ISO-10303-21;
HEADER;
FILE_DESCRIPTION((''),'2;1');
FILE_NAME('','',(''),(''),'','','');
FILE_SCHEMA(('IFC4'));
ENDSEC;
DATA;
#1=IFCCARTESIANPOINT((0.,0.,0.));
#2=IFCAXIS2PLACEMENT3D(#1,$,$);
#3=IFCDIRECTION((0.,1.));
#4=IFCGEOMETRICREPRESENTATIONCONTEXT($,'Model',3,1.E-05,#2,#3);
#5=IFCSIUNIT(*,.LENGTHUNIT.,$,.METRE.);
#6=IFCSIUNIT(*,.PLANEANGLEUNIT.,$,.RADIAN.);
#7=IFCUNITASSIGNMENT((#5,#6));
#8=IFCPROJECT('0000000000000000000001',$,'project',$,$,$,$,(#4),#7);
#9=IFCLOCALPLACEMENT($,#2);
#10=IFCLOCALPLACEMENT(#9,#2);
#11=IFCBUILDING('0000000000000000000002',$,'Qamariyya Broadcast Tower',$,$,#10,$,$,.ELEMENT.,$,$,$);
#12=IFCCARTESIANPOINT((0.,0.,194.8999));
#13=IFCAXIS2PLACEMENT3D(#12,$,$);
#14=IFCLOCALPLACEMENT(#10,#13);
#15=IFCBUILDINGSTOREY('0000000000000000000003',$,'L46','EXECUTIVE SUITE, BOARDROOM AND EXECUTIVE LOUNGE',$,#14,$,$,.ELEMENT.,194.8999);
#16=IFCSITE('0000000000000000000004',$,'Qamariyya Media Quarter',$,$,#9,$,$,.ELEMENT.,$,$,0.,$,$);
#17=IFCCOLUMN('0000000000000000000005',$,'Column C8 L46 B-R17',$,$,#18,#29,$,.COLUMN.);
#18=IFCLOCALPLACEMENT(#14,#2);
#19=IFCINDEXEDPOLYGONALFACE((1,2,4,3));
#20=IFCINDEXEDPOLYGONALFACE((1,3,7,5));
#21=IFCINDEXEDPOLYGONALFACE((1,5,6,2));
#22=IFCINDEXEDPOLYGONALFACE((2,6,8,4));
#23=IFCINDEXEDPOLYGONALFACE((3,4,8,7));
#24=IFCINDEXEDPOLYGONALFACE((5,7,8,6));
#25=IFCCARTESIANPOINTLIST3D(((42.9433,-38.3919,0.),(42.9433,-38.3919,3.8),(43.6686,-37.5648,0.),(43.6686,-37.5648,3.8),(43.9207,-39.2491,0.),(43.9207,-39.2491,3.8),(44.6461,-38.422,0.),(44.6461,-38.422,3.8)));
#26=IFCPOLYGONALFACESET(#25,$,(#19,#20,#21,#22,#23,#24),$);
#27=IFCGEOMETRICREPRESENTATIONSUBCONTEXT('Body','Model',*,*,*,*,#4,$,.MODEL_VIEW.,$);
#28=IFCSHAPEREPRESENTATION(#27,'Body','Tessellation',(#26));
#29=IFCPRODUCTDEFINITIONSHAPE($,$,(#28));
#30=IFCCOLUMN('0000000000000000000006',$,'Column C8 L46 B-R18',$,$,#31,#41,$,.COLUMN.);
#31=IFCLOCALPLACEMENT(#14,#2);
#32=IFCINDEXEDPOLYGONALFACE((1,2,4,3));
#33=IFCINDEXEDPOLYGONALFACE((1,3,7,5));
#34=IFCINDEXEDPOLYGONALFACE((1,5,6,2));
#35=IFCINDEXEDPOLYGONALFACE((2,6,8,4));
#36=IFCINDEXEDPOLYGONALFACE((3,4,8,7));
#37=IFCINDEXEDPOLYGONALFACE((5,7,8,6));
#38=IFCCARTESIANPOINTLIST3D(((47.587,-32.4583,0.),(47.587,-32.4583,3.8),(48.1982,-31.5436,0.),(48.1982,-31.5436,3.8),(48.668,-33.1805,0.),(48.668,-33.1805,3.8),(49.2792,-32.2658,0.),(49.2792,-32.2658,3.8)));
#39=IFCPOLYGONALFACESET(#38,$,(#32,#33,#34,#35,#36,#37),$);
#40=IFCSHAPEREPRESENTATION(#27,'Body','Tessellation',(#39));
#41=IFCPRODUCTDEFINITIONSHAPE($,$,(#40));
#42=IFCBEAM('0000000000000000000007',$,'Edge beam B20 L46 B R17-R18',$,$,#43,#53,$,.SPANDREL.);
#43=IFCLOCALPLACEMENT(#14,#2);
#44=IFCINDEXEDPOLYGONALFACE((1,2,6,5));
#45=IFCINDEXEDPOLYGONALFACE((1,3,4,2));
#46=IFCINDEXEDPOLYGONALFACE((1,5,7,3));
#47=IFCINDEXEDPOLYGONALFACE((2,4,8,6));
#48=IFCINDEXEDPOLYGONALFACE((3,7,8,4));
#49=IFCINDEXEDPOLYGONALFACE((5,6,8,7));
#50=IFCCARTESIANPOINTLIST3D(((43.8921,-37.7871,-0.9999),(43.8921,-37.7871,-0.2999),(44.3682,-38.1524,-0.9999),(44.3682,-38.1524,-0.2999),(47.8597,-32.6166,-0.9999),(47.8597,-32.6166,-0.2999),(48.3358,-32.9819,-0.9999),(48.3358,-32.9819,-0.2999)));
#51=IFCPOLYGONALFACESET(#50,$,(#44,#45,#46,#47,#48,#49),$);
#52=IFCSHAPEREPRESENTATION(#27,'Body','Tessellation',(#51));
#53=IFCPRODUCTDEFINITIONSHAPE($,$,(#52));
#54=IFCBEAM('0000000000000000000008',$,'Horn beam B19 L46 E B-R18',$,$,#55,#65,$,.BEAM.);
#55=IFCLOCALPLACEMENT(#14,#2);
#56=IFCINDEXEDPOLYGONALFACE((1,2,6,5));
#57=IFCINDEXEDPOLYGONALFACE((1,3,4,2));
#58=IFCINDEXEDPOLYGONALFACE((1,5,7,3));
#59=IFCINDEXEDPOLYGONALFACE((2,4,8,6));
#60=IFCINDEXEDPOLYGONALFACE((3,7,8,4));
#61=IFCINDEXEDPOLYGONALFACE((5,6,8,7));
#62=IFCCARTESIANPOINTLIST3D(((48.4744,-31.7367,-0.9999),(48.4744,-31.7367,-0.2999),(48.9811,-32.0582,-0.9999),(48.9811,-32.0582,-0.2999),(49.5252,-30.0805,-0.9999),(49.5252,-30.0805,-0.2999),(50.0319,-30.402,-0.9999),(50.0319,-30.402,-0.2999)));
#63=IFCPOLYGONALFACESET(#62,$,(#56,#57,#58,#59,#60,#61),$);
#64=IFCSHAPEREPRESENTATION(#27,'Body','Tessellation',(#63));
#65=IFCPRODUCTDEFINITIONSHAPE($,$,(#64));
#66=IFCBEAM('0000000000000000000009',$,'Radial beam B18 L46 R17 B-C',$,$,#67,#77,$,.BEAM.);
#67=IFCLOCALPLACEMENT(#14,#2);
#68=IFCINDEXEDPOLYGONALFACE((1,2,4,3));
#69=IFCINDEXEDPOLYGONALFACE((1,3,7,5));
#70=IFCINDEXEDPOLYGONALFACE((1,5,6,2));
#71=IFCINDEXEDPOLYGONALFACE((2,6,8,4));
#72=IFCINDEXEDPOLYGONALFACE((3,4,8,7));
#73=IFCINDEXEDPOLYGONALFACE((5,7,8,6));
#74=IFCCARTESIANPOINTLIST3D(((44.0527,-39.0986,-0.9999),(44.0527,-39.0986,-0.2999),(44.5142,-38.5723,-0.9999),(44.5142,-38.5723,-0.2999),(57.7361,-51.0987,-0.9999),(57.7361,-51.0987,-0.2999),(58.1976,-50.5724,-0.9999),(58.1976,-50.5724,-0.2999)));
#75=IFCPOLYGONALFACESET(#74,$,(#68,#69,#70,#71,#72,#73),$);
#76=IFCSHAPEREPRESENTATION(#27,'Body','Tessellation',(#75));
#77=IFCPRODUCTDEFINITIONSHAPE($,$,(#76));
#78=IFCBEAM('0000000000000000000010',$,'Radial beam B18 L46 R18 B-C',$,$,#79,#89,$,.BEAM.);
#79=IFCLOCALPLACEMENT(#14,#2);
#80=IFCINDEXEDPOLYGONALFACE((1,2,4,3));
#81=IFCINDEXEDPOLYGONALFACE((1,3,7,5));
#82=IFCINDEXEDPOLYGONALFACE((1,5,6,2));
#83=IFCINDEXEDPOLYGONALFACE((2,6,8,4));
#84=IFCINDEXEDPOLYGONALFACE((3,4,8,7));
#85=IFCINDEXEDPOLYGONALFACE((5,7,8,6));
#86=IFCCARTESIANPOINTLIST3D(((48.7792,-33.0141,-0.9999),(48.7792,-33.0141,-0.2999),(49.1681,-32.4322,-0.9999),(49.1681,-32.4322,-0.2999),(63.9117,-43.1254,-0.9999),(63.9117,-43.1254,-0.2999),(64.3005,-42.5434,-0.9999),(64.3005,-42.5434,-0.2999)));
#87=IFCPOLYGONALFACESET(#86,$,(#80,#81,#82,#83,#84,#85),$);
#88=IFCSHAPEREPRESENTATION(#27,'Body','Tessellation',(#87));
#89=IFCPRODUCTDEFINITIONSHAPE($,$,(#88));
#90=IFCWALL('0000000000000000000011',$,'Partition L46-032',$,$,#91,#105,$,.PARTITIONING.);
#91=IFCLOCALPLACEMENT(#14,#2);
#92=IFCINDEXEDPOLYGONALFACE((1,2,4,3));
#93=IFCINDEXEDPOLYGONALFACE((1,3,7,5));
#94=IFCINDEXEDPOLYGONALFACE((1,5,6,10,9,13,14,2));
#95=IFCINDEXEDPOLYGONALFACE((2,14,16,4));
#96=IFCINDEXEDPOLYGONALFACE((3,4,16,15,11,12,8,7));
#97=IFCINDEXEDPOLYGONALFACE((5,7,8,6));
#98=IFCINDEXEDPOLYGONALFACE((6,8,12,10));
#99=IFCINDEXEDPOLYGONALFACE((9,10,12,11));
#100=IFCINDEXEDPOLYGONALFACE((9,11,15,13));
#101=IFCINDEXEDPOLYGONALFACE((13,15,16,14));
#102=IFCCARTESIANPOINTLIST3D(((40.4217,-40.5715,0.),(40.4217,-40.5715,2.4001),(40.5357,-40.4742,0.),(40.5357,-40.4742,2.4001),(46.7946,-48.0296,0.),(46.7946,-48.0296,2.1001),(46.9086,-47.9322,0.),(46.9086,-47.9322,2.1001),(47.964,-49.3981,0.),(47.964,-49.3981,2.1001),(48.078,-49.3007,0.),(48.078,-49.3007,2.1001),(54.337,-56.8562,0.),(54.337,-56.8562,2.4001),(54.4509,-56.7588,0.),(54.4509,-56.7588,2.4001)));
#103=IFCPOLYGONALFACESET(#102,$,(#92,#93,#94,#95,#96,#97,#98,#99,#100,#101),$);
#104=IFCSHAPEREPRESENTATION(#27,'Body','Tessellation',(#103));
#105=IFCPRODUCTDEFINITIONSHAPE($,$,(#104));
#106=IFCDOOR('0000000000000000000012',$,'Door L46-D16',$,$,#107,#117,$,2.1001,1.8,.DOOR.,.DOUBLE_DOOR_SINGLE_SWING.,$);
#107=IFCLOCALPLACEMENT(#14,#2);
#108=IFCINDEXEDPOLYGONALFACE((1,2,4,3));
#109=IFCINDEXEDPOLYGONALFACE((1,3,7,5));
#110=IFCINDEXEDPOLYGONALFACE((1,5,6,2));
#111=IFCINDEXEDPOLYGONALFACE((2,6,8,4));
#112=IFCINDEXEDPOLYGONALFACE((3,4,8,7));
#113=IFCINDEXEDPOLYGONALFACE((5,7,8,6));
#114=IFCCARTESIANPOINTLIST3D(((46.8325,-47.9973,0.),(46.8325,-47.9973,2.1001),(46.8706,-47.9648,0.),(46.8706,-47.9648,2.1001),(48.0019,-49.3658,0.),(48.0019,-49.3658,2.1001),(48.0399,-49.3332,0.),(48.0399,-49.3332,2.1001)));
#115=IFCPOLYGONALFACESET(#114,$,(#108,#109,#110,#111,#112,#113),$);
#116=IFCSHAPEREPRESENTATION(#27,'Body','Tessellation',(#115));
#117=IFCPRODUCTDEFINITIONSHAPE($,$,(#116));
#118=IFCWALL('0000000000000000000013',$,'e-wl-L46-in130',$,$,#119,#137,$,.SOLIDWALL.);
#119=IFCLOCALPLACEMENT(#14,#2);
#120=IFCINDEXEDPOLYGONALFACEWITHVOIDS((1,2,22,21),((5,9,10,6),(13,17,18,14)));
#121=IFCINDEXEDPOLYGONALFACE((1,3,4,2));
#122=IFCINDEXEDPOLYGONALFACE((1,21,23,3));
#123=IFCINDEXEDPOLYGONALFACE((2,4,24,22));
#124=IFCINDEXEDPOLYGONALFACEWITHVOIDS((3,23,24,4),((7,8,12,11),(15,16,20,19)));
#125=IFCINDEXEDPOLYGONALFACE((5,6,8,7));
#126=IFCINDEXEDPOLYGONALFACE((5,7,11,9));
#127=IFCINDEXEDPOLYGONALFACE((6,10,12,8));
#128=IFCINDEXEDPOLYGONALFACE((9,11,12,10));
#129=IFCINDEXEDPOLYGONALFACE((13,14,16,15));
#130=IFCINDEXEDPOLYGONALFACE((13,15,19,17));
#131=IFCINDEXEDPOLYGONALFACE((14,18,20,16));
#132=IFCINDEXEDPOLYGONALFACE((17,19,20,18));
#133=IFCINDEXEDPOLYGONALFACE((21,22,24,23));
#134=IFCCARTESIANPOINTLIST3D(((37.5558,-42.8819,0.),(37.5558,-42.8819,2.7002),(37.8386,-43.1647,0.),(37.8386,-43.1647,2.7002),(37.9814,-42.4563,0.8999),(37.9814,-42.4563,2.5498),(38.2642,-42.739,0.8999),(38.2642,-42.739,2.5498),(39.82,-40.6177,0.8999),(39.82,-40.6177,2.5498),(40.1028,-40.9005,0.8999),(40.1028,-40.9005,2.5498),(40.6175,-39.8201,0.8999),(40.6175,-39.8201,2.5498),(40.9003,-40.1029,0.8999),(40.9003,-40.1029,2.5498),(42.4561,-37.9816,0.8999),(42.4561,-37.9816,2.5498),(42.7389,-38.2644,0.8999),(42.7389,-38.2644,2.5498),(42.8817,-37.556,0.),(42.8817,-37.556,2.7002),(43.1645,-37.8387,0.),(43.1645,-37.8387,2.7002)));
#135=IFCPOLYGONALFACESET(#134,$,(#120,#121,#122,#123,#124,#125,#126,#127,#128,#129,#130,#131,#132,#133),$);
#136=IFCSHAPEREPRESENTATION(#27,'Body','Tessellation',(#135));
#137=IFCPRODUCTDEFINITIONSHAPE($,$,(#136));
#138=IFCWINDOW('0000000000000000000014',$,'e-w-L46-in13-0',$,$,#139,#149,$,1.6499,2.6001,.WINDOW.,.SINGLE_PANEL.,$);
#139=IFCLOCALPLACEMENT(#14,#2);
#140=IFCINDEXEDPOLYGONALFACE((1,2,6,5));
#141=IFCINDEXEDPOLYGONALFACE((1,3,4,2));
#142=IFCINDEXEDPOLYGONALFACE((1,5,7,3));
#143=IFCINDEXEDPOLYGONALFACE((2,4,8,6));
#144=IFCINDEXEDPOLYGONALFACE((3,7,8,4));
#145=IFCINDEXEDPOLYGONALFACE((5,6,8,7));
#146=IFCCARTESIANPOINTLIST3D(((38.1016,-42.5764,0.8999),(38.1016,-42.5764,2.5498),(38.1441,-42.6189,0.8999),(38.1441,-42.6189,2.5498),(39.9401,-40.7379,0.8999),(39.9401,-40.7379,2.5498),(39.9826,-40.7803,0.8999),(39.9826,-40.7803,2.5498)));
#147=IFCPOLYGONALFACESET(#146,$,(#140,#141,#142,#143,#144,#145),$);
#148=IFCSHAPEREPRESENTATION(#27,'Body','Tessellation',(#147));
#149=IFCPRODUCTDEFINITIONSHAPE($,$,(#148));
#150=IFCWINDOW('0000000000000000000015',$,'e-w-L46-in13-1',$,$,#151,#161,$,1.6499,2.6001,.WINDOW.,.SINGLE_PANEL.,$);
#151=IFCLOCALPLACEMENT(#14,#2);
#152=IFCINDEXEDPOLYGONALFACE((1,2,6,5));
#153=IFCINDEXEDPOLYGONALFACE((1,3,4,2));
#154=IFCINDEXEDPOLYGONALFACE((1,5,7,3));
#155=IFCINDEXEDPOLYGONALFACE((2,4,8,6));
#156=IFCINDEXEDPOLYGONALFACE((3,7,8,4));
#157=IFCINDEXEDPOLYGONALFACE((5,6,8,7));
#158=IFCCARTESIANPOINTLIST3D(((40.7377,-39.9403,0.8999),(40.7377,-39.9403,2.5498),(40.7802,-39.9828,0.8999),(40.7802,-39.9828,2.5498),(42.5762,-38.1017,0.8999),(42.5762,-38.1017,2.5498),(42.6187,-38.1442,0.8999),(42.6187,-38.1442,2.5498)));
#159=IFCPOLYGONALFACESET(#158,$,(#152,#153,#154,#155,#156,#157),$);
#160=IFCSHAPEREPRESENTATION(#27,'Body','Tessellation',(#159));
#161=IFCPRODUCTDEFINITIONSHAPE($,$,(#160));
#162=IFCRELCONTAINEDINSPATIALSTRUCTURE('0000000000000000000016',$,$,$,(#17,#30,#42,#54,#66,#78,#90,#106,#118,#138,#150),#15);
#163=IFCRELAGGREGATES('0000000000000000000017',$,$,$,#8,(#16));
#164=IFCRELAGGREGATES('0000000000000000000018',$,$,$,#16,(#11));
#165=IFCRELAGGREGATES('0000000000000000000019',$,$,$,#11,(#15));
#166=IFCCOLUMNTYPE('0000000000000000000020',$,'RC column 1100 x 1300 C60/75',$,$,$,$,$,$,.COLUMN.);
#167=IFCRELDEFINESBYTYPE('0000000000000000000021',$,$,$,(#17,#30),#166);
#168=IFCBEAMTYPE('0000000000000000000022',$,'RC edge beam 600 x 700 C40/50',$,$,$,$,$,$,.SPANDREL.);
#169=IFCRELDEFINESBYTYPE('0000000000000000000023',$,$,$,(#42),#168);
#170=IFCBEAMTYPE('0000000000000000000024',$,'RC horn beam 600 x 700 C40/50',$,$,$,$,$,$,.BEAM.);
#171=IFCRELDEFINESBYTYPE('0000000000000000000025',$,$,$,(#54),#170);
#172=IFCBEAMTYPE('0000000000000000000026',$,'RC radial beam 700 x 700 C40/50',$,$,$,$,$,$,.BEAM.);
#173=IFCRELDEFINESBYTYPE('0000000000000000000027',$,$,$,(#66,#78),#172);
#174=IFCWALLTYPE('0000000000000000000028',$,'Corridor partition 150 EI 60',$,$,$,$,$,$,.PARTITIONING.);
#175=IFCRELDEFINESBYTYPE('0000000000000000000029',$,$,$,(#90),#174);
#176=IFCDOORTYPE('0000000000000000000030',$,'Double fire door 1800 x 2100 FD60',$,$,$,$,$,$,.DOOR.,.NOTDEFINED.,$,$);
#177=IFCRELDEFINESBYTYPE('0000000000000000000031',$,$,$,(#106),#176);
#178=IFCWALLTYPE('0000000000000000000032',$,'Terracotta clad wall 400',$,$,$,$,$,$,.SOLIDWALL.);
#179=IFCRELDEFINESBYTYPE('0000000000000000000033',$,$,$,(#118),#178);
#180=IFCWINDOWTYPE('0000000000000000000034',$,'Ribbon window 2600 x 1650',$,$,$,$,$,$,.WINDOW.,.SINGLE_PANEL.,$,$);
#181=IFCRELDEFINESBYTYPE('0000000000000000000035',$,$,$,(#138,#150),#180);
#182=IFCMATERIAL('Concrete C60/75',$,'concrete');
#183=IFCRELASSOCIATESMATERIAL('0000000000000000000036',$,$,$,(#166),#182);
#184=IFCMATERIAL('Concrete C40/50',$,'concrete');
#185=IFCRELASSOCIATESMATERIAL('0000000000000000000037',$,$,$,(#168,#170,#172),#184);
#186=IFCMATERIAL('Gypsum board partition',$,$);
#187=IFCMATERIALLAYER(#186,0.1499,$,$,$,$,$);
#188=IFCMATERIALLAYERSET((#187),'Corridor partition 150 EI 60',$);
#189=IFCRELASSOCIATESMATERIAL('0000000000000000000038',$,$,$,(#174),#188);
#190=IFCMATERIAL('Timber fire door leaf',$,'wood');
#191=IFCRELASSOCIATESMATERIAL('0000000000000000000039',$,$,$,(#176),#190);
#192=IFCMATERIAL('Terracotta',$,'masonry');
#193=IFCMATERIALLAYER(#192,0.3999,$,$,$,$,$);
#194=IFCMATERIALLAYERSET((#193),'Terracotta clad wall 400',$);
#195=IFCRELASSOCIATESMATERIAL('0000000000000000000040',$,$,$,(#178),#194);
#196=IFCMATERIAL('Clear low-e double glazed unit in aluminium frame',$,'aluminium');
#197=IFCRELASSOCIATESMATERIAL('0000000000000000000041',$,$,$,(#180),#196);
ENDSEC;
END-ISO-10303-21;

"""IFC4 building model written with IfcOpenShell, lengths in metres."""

from ifc_helpers import new_model, si_unit, direction, frame, frame_2d, origin, origin_2d, place, context, subcontext, project, spatial, rectangle, extrude, material, layer, layer_set, material_profile, profile_set, type_object, element, fill, save


model = new_model("IFC4")

# Units and contexts
model_context = context("Model", 3, precision=1e-05, world=origin(), true_north=direction((0.0, 1.0)))
body_context = subcontext(model_context, "Body", "Model", "MODEL_VIEW")
ifc_project = project(units=[si_unit("LENGTHUNIT", "METRE"), si_unit("PLANEANGLEUNIT", "RADIAN")], contexts=[model_context])

# Site, building, storey
site_placement = place(None, origin())
site = spatial("IfcSite", under=ifc_project, at=site_placement, Name="Qamariyya Media Quarter", CompositionType="ELEMENT", RefElevation=0.0)
building_placement = place(site_placement, origin())
building = spatial("IfcBuilding", under=site, at=building_placement, Name="Qamariyya Broadcast Tower", CompositionType="ELEMENT")
storey_placement = place(building_placement, frame((0.0, 0.0, 194.8999)))
storey = spatial("IfcBuildingStorey", under=building, at=storey_placement, Name="L46", Description="EXECUTIVE SUITE, BOARDROOM AND EXECUTIVE LOUNGE", CompositionType="ELEMENT", Elevation=194.8999)

# Columns
ifc_material_1 = material(Name="Concrete C60/75", Category="concrete")
ifc_material_profile_1 = material_profile(ifc_material_1, rectangle(XDim=1.1001, YDim=1.3, at=origin_2d()))
ifc_profile_set_1 = profile_set([ifc_material_profile_1], Name="Concrete C60/75")
column_type = type_object("IfcColumnType", Name="RC column 1100 x 1300 C60/75", PredefinedType="COLUMN", material=ifc_profile_set_1)
for number, where, z_axis, x_axis, name in (
    (1, (43.7947, -38.407, 0.0), (0.0, 0.0, 1.0), (0.659346, 0.75184, 0.0), "Column C8 L46 B-R17"),
    (2, (48.4331, -32.3621, 0.0), (0.0, 0.0, 1.0), (0.55557, 0.83147, 0.0), "Column C8 L46 B-R18"),
):
    element("IfcColumn", number, at=place(storey_placement, frame(where, z_axis=z_axis, x_axis=x_axis)), inside=storey, type_object=column_type, Name=name, PredefinedType="COLUMN", context=body_context, shape_type="SweptSolid", body=[
        extrude(rectangle(XDim=1.1001, YDim=1.3, at=origin_2d()), origin(), (0.0, 0.0, 1.0), 3.8),
    ])

# Beams
ifc_material_2 = material(Name="Concrete C40/50", Category="concrete")
ifc_material_profile_2 = material_profile(ifc_material_2, rectangle(XDim=0.6001, YDim=0.7, at=origin_2d()))
ifc_profile_set_2 = profile_set([ifc_material_profile_2], Name="Concrete C40/50")
beam_type_1 = type_object("IfcBeamType", Name="RC edge beam 600 x 700 C40/50", PredefinedType="SPANDREL", material=ifc_profile_set_2)
beam_1_placement = place(storey_placement, frame((44.1301, -37.9697, -0.6499), z_axis=(0.608774, 0.793343, 0.0), x_axis=(-0.793343, 0.608774, 0.0)))
element("IfcBeam", 3, at=beam_1_placement, inside=storey, type_object=beam_type_1, Name="Edge beam B20 L46 B R17-R18", PredefinedType="SPANDREL", context=body_context, shape_type="SweptSolid", body=[
    extrude(rectangle(XDim=0.6001, YDim=0.7, at=origin_2d()), origin(), (0.0, 0.0, 1.0), 6.5173),
])
ifc_material_profile_3 = material_profile(ifc_material_2, rectangle(XDim=0.6001, YDim=0.7, at=origin_2d()))
ifc_profile_set_3 = profile_set([ifc_material_profile_3], Name="Concrete C40/50")
beam_type_2 = type_object("IfcBeamType", Name="RC horn beam 600 x 700 C40/50", PredefinedType="BEAM", material=ifc_profile_set_3)
beam_2_placement = place(storey_placement, frame((48.7278, -31.8975, -0.6499), z_axis=(0.535715, 0.844399, 0.0), x_axis=(-0.844399, 0.535715, 0.0)))
element("IfcBeam", 4, at=beam_2_placement, inside=storey, type_object=beam_type_2, Name="Horn beam B19 L46 E B-R18", PredefinedType="BEAM", context=body_context, shape_type="SweptSolid", body=[
    extrude(rectangle(XDim=0.6001, YDim=0.7, at=origin_2d()), origin(), (0.0, 0.0, 1.0), 1.9614),
])
ifc_material_profile_4 = material_profile(ifc_material_2, rectangle(XDim=0.7, YDim=0.7, at=origin_2d()))
ifc_profile_set_4 = profile_set([ifc_material_profile_4], Name="Concrete C40/50")
beam_type_3 = type_object("IfcBeamType", Name="RC radial beam 700 x 700 C40/50", PredefinedType="BEAM", material=ifc_profile_set_4)
beam_3_placement = place(storey_placement, frame((44.2834, -38.8354, -0.6499), z_axis=(0.751839, -0.659347, 0.0), x_axis=(0.659347, 0.751839, 0.0)))
element("IfcBeam", 5, at=beam_3_placement, inside=storey, type_object=beam_type_3, Name="Radial beam B18 L46 R17 B-C", PredefinedType="BEAM", context=body_context, shape_type="SweptSolid", body=[
    extrude(rectangle(XDim=0.7, YDim=0.7, at=origin_2d()), origin(), (0.0, 0.0, 1.0), 18.2),
])
beam_4_placement = place(storey_placement, frame((48.9736, -32.7231, -0.6499), z_axis=(0.831468, -0.555573, 0.0), x_axis=(0.555573, 0.831468, 0.0)))
element("IfcBeam", 6, at=beam_4_placement, inside=storey, type_object=beam_type_3, Name="Radial beam B18 L46 R18 B-C", PredefinedType="BEAM", context=body_context, shape_type="SweptSolid", body=[
    extrude(rectangle(XDim=0.7, YDim=0.7, at=origin_2d()), origin(), (0.0, 0.0, 1.0), 18.1997),
])

# Wall, opening, door
ifc_material_3 = material(Name="Gypsum board partition")
ifc_layer_1 = layer(ifc_material_3, 0.1499)
ifc_layer_set_1 = layer_set([ifc_layer_1], Name="Corridor partition 150 EI 60")
wall_type_1 = type_object("IfcWallType", Name="Corridor partition 150 EI 60", PredefinedType="PARTITIONING", material=ifc_layer_set_1)
wall_1_placement = place(storey_placement, frame((40.4788, -40.5229, 0.0), z_axis=(0.0, 0.0, 1.0), x_axis=(0.649633, -0.760248, 0.0)))
wall_1 = element("IfcWall", 7, at=wall_1_placement, inside=storey, type_object=wall_type_1, Name="Partition L46-032", PredefinedType="PARTITIONING", context=body_context, shape_type="SweptSolid", body=[
    extrude(rectangle(XDim=21.4202, YDim=0.1499, at=frame_2d((10.71, 0.0))), origin(), (0.0, 0.0, 1.0), 2.4001),
])
opening_1_placement = place(wall_1_placement, frame((9.8101, 0.0, 0.0)))
opening_1 = element("IfcOpeningElement", 8, at=opening_1_placement, cuts=wall_1, PredefinedType="OPENING", context=body_context, shape_type="SweptSolid", body=[
    extrude(rectangle(XDim=1.8, YDim=2.1001, at=frame_2d((0.8999, 1.05))), frame((0.0, 0.085, 0.0), z_axis=(0.0, -1.0, 0.0), x_axis=(1.0, 0.0, 0.0)), (0.0, 0.0, 1.0), 0.1699),
])
ifc_material_4 = material(Name="Timber fire door leaf", Category="wood")
door_type = type_object("IfcDoorType", Name="Double fire door 1800 x 2100 FD60", OperationType="NOTDEFINED", PredefinedType="DOOR", material=ifc_material_4)
door_placement = place(opening_1_placement, origin())
door = element("IfcDoor", 9, at=door_placement, inside=storey, type_object=door_type, Name="Door L46-D16", OperationType="DOUBLE_DOOR_SINGLE_SWING", OverallHeight=2.1001, OverallWidth=1.8, PredefinedType="DOOR", context=body_context, shape_type="SweptSolid", body=[
    extrude(rectangle(XDim=1.8, YDim=2.1001, at=frame_2d((0.8999, 1.05))), frame((0.0, 0.0249, 0.0), z_axis=(0.0, -1.0, 0.0), x_axis=(1.0, 0.0, 0.0)), (0.0, 0.0, 1.0), 0.05),
])
fill(opening_1, door)

# Wall, openings, windows
ifc_material_5 = material(Name="Terracotta", Category="masonry")
ifc_layer_2 = layer(ifc_material_5, 0.3999)
ifc_layer_set_2 = layer_set([ifc_layer_2], Name="Terracotta clad wall 400")
wall_type_2 = type_object("IfcWallType", Name="Terracotta clad wall 400", PredefinedType="SOLIDWALL", material=ifc_layer_set_2)
wall_2_placement = place(storey_placement, frame((43.0232, -37.6973, 0.0), z_axis=(0.0, 0.0, 1.0), x_axis=(-0.707107, -0.707107, 0.0)))
wall_2 = element("IfcWall", 10, at=wall_2_placement, inside=storey, type_object=wall_type_2, Name="e-wl-L46-in130", PredefinedType="SOLIDWALL", context=body_context, shape_type="SweptSolid", body=[
    extrude(rectangle(XDim=7.532, YDim=0.3999, at=frame_2d((3.7661, 0.0))), origin(), (0.0, 0.0, 1.0), 2.7002),
])
opening_2_placement = place(wall_2_placement, frame((4.3301, 0.0, 0.8999)))
opening_2 = element("IfcOpeningElement", 11, at=opening_2_placement, cuts=wall_2, PredefinedType="OPENING", context=body_context, shape_type="SweptSolid", body=[
    extrude(rectangle(XDim=2.6001, YDim=1.6499, at=frame_2d((1.3, 0.825))), frame((0.0, 0.21, 0.0), z_axis=(0.0, -1.0, 0.0), x_axis=(1.0, 0.0, 0.0)), (0.0, 0.0, 1.0), 0.4199),
])
opening_3_placement = place(wall_2_placement, frame((0.6021, 0.0, 0.8999)))
opening_3 = element("IfcOpeningElement", 12, at=opening_3_placement, cuts=wall_2, PredefinedType="OPENING", context=body_context, shape_type="SweptSolid", body=[
    extrude(rectangle(XDim=2.6001, YDim=1.6499, at=frame_2d((1.3, 0.825))), frame((0.0, 0.21, 0.0), z_axis=(0.0, -1.0, 0.0), x_axis=(1.0, 0.0, 0.0)), (0.0, 0.0, 1.0), 0.4199),
])
ifc_material_6 = material(Name="Clear low-e double glazed unit in aluminium frame", Category="aluminium")
window_type = type_object("IfcWindowType", Name="Ribbon window 2600 x 1650", PartitioningType="SINGLE_PANEL", PredefinedType="WINDOW", material=ifc_material_6)
window_1_placement = place(opening_2_placement, origin())
window_1 = element("IfcWindow", 13, at=window_1_placement, inside=storey, type_object=window_type, Name="e-w-L46-in13-0", OverallHeight=1.6499, OverallWidth=2.6001, PartitioningType="SINGLE_PANEL", PredefinedType="WINDOW", context=body_context, shape_type="SweptSolid", body=[
    extrude(rectangle(XDim=2.6001, YDim=1.6499, at=frame_2d((1.3, 0.825))), frame((0.0, 0.03, 0.0), z_axis=(0.0, -1.0, 0.0), x_axis=(1.0, 0.0, 0.0)), (0.0, 0.0, 1.0), 0.0601),
])
fill(opening_2, window_1)
window_2_placement = place(opening_3_placement, origin())
window_2 = element("IfcWindow", 14, at=window_2_placement, inside=storey, type_object=window_type, Name="e-w-L46-in13-1", OverallHeight=1.6499, OverallWidth=2.6001, PartitioningType="SINGLE_PANEL", PredefinedType="WINDOW", context=body_context, shape_type="SweptSolid", body=[
    extrude(rectangle(XDim=2.6001, YDim=1.6499, at=frame_2d((1.3, 0.825))), frame((0.0, 0.03, 0.0), z_axis=(0.0, -1.0, 0.0), x_axis=(1.0, 0.0, 0.0)), (0.0, 0.0, 1.0), 0.0601),
])
fill(opening_3, window_2)

save(model, "model.ifc")
